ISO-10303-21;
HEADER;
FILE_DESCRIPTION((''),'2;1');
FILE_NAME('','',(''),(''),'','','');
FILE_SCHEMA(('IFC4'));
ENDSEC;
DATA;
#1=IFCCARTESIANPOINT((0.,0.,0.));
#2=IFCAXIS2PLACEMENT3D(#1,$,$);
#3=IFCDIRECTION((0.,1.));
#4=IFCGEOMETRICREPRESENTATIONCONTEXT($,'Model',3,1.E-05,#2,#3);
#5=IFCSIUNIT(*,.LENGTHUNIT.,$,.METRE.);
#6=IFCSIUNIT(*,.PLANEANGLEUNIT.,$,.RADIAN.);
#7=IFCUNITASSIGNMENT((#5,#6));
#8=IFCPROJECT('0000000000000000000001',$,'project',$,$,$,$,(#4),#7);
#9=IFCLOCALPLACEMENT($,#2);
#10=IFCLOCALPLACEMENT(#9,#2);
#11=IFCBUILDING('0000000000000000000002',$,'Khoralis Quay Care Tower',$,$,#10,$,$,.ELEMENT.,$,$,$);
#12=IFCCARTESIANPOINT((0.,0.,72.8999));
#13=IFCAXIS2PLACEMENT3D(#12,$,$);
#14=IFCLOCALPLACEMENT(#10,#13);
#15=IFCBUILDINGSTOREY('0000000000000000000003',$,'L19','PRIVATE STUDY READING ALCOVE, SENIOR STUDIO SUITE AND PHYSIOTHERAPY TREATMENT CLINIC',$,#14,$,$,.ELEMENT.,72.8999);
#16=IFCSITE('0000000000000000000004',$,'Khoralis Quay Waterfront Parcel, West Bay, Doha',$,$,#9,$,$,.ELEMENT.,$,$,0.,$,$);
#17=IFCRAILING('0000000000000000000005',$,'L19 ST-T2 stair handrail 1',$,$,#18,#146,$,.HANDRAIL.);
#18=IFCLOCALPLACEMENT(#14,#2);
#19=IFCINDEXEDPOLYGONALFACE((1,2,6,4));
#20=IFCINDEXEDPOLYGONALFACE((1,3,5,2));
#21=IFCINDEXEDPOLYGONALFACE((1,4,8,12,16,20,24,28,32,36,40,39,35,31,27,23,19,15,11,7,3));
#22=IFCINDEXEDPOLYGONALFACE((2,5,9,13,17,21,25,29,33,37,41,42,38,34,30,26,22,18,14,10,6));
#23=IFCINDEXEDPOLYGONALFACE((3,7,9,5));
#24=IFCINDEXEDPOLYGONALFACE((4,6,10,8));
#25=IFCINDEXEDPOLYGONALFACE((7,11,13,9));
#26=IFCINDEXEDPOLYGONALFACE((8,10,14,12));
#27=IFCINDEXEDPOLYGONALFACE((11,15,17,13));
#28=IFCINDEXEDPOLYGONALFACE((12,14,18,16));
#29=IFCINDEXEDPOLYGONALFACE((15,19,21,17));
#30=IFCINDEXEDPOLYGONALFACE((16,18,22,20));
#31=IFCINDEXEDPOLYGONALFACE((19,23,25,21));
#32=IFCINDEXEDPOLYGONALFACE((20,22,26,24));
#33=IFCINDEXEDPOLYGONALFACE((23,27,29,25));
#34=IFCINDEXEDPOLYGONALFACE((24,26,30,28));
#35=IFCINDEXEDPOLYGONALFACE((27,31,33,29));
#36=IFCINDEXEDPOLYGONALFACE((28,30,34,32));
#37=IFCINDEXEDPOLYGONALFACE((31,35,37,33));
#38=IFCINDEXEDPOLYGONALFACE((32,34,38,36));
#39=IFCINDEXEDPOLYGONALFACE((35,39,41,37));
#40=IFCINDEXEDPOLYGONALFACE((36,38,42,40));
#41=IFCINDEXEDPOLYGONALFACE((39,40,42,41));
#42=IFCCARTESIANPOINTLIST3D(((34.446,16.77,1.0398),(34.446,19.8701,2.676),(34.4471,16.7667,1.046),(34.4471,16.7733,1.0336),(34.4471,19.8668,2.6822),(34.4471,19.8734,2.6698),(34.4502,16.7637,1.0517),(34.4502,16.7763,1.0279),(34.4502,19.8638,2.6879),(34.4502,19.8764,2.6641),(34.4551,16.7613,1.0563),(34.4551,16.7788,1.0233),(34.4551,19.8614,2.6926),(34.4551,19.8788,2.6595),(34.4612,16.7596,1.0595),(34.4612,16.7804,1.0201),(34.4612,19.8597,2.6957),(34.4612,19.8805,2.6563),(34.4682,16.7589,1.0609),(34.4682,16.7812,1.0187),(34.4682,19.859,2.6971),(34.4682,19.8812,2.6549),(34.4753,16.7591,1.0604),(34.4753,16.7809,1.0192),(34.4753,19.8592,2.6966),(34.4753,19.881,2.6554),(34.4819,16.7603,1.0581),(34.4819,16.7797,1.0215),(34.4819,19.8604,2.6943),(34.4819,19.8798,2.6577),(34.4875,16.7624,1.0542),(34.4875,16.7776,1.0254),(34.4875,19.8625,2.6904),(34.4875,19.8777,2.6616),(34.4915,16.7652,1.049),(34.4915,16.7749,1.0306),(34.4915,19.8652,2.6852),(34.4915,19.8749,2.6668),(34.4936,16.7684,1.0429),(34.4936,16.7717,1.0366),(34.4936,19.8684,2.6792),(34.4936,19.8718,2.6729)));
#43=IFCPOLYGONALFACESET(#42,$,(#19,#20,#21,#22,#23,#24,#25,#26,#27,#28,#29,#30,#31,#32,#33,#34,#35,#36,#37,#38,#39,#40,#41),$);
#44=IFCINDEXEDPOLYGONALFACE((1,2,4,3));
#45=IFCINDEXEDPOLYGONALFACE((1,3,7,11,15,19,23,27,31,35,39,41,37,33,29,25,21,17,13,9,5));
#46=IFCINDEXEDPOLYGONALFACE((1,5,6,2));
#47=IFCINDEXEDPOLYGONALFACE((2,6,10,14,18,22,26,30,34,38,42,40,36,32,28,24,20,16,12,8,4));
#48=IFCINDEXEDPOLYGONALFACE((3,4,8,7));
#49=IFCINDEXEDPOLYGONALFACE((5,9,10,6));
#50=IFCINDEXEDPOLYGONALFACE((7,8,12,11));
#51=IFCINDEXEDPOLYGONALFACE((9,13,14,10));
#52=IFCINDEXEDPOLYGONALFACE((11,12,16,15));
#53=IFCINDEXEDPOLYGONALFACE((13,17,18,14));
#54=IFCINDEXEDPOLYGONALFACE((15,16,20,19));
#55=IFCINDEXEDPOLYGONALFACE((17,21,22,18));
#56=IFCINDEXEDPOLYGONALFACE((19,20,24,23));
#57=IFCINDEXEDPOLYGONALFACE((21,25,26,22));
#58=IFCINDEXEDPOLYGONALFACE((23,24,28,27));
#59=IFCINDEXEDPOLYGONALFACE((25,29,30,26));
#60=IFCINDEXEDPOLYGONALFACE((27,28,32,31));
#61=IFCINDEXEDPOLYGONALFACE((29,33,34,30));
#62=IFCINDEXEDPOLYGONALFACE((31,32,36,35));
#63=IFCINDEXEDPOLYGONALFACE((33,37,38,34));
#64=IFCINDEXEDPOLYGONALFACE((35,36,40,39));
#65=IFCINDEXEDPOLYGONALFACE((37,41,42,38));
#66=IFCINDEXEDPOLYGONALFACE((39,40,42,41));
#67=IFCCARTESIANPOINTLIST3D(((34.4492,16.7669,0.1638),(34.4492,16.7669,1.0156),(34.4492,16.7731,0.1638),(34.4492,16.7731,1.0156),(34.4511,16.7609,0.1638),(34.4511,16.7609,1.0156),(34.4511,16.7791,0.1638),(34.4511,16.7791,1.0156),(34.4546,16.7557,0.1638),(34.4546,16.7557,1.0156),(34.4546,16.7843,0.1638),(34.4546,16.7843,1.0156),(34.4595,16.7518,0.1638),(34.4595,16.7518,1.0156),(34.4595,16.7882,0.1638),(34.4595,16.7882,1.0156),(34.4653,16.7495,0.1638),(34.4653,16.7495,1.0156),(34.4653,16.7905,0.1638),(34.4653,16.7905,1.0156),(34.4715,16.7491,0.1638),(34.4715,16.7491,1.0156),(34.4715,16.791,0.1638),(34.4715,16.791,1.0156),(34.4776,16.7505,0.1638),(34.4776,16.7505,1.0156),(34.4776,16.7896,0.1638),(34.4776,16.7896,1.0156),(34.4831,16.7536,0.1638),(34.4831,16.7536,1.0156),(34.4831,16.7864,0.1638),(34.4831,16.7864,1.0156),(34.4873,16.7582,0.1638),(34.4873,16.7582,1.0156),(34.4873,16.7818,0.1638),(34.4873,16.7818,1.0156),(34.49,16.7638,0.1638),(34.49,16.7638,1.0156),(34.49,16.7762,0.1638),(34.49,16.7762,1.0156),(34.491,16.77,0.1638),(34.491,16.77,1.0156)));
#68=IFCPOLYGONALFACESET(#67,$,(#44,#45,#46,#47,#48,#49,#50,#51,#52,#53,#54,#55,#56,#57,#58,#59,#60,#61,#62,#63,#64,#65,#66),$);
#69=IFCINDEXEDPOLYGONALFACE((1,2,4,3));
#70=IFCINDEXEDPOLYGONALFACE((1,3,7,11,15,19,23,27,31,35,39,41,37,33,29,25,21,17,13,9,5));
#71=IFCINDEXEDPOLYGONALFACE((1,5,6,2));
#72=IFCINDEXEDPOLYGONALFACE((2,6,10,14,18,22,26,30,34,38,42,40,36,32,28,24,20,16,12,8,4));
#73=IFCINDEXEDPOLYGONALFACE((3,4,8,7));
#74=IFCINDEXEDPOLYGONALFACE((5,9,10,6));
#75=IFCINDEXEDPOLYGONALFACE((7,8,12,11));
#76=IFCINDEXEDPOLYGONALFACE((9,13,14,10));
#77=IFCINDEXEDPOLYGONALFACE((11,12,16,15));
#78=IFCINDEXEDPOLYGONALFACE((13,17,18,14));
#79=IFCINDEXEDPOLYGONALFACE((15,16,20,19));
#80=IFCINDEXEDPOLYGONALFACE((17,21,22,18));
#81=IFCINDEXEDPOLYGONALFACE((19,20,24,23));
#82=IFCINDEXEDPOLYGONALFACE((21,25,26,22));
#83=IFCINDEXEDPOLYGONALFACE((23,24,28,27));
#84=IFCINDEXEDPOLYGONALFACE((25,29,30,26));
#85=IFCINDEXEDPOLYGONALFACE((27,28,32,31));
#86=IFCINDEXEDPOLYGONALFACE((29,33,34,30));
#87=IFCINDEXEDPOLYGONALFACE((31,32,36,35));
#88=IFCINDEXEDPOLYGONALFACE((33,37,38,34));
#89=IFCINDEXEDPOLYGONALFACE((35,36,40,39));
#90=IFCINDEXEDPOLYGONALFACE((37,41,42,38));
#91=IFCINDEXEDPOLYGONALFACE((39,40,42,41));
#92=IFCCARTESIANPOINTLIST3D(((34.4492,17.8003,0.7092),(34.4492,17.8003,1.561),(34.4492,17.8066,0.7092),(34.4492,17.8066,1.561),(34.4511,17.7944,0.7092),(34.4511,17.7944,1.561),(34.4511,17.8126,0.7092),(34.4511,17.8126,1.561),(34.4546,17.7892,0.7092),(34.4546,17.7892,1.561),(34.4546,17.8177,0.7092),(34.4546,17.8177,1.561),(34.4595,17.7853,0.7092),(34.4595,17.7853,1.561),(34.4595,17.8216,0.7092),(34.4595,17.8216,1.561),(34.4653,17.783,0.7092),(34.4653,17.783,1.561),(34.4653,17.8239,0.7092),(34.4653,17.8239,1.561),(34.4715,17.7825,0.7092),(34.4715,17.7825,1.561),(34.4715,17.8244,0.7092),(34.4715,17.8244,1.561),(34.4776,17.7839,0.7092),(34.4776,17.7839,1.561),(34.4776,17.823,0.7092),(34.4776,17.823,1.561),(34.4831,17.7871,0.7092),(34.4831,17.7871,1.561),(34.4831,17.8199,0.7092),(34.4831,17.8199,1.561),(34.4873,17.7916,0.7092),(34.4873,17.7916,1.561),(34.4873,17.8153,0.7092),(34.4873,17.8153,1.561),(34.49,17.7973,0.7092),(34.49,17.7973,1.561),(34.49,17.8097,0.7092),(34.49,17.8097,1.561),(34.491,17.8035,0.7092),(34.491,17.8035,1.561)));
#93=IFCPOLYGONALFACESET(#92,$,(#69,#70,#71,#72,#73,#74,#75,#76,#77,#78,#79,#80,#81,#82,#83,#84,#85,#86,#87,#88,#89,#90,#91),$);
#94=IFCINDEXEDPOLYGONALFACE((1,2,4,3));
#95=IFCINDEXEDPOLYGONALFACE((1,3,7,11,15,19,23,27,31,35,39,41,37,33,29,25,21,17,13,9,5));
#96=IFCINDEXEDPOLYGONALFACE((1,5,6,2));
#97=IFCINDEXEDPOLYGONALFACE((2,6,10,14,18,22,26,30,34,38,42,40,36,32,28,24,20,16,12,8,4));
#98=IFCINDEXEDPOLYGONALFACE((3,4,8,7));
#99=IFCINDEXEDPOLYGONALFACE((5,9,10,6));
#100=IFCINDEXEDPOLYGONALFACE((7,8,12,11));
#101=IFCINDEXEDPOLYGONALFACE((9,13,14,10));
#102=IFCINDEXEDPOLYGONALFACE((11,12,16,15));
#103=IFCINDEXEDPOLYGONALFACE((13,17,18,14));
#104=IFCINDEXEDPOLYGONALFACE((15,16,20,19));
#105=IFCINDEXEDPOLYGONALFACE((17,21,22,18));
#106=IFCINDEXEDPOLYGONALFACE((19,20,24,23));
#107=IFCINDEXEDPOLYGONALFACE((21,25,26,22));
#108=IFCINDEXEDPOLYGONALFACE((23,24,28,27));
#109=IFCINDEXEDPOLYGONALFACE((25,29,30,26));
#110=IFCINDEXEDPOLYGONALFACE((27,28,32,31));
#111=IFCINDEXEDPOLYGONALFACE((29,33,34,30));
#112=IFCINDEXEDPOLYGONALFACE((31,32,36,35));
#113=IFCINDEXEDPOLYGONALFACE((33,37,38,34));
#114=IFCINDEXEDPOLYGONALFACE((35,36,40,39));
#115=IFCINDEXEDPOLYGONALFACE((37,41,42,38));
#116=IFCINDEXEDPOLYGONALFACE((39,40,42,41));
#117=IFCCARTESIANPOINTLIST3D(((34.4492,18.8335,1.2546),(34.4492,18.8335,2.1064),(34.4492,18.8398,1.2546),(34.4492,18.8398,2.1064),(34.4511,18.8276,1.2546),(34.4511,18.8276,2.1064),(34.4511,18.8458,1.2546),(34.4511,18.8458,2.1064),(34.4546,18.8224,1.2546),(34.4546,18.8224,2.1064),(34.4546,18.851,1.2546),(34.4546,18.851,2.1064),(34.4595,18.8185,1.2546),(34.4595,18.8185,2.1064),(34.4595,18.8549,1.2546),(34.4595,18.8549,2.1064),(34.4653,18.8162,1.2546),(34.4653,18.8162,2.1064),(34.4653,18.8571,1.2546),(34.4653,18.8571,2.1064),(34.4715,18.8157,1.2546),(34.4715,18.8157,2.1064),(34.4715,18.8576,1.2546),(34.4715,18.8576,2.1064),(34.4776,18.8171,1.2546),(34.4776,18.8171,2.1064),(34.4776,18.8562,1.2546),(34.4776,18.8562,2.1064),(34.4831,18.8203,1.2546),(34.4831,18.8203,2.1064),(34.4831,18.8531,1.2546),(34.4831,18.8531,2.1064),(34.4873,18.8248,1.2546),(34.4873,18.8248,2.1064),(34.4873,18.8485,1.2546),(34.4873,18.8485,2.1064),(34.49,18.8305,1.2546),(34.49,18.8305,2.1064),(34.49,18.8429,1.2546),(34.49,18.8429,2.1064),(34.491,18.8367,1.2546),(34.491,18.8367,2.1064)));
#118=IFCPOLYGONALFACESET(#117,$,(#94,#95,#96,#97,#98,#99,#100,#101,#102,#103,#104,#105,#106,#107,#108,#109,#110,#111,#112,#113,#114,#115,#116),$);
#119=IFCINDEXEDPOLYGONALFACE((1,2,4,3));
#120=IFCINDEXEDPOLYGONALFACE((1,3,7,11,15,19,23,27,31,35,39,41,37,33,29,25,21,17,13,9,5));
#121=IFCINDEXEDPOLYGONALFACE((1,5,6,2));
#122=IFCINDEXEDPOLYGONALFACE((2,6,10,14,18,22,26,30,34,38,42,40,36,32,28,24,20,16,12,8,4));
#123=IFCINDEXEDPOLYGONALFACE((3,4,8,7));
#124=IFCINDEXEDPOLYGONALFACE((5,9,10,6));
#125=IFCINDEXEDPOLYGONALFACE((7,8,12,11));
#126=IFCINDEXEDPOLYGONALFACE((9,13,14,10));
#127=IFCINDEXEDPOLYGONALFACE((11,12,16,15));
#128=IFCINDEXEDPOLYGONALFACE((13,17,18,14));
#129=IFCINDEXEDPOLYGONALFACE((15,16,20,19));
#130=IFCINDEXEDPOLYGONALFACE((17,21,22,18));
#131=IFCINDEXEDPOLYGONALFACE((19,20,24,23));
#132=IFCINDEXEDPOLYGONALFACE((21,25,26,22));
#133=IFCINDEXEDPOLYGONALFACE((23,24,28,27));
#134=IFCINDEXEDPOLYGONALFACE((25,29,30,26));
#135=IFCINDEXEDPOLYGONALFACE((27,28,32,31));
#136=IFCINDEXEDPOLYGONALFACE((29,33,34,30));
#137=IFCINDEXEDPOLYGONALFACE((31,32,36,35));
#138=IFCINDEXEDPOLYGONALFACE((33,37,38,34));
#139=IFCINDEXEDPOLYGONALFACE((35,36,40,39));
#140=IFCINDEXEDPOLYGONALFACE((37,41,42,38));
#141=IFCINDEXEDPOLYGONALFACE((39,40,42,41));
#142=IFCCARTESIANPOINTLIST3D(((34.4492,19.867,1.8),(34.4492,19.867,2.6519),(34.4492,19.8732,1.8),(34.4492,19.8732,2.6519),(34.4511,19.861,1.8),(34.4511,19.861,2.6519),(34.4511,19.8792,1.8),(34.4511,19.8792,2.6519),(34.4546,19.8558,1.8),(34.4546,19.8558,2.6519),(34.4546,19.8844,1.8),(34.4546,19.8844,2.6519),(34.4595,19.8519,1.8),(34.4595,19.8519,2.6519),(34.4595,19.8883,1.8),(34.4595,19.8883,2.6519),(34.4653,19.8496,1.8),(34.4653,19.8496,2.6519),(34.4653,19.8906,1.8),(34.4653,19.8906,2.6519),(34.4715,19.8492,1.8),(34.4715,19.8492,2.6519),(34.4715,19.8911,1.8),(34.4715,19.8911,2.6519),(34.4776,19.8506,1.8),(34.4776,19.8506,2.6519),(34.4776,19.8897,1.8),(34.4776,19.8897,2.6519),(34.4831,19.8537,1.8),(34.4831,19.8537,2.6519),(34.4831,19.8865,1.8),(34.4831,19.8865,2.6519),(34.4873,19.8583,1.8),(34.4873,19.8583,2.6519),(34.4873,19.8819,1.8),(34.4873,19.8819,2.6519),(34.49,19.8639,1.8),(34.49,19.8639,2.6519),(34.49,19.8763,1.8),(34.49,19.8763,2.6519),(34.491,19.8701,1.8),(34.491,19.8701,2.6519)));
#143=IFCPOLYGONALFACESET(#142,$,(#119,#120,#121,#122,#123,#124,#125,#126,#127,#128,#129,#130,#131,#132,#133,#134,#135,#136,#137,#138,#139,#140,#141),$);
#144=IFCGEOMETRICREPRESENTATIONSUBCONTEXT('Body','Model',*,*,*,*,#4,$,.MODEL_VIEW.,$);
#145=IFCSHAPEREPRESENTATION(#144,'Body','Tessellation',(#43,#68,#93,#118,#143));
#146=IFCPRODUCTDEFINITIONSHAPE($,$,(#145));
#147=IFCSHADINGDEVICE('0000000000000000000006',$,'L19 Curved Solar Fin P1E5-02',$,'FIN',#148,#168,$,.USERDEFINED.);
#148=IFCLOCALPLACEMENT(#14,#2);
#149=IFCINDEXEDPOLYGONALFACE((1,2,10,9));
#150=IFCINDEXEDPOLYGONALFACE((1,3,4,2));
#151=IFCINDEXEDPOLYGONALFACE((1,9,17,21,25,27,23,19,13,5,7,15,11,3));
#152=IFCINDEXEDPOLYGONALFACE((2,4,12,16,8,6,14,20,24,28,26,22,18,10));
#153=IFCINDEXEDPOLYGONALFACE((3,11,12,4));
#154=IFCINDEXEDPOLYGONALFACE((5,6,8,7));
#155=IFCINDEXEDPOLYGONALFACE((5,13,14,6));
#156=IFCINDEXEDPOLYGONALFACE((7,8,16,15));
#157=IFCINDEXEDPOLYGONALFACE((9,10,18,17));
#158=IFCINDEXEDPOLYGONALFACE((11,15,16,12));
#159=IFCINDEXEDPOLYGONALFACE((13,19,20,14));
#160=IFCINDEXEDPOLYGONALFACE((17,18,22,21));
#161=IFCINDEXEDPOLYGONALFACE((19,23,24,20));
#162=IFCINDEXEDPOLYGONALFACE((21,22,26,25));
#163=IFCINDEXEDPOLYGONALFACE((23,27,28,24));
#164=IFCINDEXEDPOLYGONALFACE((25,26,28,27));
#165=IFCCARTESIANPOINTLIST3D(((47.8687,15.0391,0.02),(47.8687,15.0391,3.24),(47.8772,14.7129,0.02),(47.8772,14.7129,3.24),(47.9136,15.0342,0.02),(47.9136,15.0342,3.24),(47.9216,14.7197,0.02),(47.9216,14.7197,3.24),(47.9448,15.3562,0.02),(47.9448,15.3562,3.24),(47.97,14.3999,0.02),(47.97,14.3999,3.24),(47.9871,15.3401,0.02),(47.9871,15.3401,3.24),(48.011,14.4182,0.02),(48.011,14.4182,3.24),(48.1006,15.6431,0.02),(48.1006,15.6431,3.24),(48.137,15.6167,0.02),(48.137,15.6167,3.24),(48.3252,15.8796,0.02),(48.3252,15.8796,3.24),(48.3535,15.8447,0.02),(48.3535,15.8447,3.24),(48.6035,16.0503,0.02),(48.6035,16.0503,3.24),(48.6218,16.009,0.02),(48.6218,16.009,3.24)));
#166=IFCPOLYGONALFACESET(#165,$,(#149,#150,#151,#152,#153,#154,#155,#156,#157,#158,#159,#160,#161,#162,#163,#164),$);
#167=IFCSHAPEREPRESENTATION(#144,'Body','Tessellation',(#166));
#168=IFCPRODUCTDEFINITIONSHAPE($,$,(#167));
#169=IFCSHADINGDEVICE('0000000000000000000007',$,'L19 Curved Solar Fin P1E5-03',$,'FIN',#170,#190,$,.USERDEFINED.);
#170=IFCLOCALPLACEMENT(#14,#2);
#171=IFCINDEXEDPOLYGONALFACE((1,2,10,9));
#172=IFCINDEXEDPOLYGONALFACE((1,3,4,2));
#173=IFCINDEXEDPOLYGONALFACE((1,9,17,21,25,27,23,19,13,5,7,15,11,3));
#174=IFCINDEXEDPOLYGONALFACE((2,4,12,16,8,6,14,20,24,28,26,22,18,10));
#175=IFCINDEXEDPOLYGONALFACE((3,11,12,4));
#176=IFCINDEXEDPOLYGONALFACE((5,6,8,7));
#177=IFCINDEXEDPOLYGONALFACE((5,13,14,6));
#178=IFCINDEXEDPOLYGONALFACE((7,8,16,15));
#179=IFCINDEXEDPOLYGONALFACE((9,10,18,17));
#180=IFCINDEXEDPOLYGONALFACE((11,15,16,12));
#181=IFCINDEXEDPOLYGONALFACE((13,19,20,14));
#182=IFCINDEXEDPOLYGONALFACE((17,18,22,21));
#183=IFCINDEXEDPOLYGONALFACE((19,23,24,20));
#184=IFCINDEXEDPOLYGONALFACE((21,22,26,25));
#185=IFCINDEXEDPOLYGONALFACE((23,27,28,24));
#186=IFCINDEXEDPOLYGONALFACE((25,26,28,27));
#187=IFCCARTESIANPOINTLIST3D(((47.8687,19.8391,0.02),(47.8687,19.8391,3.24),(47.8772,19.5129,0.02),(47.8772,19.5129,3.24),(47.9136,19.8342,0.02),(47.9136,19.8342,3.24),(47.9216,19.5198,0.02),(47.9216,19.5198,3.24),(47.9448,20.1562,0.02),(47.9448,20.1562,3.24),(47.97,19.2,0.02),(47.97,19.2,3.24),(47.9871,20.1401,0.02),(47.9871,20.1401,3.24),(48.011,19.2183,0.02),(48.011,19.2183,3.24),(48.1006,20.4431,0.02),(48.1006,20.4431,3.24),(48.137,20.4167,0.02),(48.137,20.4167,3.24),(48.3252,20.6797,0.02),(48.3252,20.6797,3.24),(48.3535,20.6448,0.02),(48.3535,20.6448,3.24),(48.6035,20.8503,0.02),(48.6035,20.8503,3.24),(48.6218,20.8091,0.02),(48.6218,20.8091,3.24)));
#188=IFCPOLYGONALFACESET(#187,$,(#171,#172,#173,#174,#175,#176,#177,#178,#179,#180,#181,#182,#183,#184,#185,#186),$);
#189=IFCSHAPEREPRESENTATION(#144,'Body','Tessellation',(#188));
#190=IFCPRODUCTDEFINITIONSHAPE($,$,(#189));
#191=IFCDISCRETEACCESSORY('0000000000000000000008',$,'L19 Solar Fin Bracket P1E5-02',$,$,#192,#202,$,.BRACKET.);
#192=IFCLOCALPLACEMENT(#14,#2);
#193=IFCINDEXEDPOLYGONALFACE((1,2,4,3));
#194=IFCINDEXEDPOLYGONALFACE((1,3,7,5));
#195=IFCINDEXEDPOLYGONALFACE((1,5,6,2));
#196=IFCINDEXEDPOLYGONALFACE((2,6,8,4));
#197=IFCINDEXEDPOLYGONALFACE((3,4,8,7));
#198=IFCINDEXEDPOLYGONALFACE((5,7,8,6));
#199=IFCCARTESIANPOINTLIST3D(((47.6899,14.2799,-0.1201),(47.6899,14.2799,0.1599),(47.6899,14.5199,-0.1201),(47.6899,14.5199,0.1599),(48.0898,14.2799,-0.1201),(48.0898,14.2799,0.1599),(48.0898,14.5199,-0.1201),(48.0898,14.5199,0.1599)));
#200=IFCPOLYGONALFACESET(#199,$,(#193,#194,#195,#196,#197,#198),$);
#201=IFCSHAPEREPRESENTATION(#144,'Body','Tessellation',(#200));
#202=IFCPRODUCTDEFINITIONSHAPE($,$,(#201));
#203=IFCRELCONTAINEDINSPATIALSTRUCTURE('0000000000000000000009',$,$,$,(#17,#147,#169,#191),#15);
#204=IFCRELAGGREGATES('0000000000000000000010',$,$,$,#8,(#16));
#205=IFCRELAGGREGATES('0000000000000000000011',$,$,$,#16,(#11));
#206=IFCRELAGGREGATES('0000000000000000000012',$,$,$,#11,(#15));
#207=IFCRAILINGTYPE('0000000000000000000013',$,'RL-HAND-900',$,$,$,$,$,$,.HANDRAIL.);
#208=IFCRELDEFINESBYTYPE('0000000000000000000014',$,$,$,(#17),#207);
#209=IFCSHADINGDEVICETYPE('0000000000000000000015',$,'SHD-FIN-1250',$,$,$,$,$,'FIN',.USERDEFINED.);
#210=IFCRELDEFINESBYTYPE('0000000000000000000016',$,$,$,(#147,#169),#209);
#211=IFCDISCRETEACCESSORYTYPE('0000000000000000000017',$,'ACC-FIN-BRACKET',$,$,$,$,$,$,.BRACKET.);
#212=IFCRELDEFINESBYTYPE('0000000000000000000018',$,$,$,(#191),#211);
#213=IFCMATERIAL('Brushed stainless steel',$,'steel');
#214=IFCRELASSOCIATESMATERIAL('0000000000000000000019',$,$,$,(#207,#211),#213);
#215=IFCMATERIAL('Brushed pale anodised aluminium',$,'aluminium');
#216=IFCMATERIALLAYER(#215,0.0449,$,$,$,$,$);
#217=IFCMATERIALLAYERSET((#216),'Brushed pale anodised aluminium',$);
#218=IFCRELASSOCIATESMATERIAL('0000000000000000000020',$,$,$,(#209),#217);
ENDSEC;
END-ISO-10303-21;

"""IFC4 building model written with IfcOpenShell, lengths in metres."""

from ifc_helpers import new_model, si_unit, direction, frame, origin, origin_2d, place, context, subcontext, project, spatial, polyline, rectangle, circle, outline, extrude, source, transform, mapped, material, layer, layer_set, type_object, element, save


model = new_model("IFC4")

# Units and contexts
model_context = context("Model", 3, precision=1e-05, world=origin(), true_north=direction((0.0, 1.0)))
body_context = subcontext(model_context, "Body", "Model", "MODEL_VIEW")
ifc_project = project(units=[si_unit("LENGTHUNIT", "METRE"), si_unit("PLANEANGLEUNIT", "RADIAN")], contexts=[model_context])

# Site, building, storey
site_placement = place(None, origin())
site = spatial("IfcSite", under=ifc_project, at=site_placement, Name="Khoralis Quay Waterfront Parcel, West Bay, Doha", CompositionType="ELEMENT", RefElevation=0.0)
building_placement = place(site_placement, origin())
building = spatial("IfcBuilding", under=site, at=building_placement, Name="Khoralis Quay Care Tower", CompositionType="ELEMENT")
storey_placement = place(building_placement, frame((0.0, 0.0, 72.8999)))
storey = spatial("IfcBuildingStorey", under=building, at=storey_placement, Name="L19", Description="PRIVATE STUDY READING ALCOVE, SENIOR STUDIO SUITE AND PHYSIOTHERAPY TREATMENT CLINIC", CompositionType="ELEMENT", Elevation=72.8999)

# Railing
ifc_material_1 = material(Name="Brushed stainless steel", Category="steel")
railing_type = type_object("IfcRailingType", Name="RL-HAND-900", PredefinedType="HANDRAIL", material=ifc_material_1)
railing_placement = place(storey_placement, frame((34.47, 16.77, 0.1638)))
element("IfcRailing", 1, at=railing_placement, inside=storey, type_object=railing_type, Name="L19 ST-T2 stair handrail 1", PredefinedType="HANDRAIL", context=body_context, shape_type="SweptSolid", body=[
    extrude(circle(Radius=0.0239, at=origin_2d()), frame((0.0, 0.0, 0.876), z_axis=(0.0, 0.884377, 0.466774), x_axis=(-1.0, 0.0, 0.0)), (0.0, 0.0, 1.0), 3.5054),
    extrude(circle(Radius=0.021, at=origin_2d()), origin(), (0.0, 0.0, 1.0), 0.8518),
    extrude(circle(Radius=0.021, at=origin_2d()), frame((0.0, 1.0334, 0.5454)), (0.0, 0.0, 1.0), 0.8518),
    extrude(circle(Radius=0.021, at=origin_2d()), frame((0.0, 2.0667, 1.0908)), (0.0, 0.0, 1.0), 0.8518),
    extrude(circle(Radius=0.021, at=origin_2d()), frame((0.0, 3.1001, 1.6362)), (0.0, 0.0, 1.0), 0.8518),
])

# Shading devices
ifc_material_2 = material(Name="Brushed pale anodised aluminium", Category="aluminium")
ifc_layer_1 = layer(ifc_material_2, 0.0449)
ifc_layer_set_1 = layer_set([ifc_layer_1], Name="Brushed pale anodised aluminium")
shading_device_type = type_object("IfcShadingDeviceType", Name="SHD-FIN-1250", ElementType="FIN", PredefinedType="USERDEFINED", material=ifc_layer_set_1)
shared_shape_1 = source(origin(), body_context, "Body", "SweptSolid", [
    extrude(outline(polyline([(0.0, 0.0), (-0.0928, 0.313), (-0.1013, 0.6392), (-0.0251, 0.9563), (0.1306, 1.2432), (0.3552, 1.4797), (0.6335, 1.6504), (0.6519, 1.6091), (0.3835, 1.4448), (0.167, 1.2168), (0.0171, 0.9402), (-0.0564, 0.6343), (-0.0483, 0.3198), (0.041, 0.0183), (0.0, 0.0)])), origin(), (0.0, 0.0, 1.0), 3.22),
])
for number, where, z_axis, x_axis, name in (
    (2, (47.97, 14.3999, 0.02), (0.0, 0.0, 1.0), (1.0, 0.0, 0.0), "L19 Curved Solar Fin P1E5-02"),
    (3, (47.97, 19.2, 0.02), (0.0, 0.0, 1.0), (1.0, 0.0, 0.0), "L19 Curved Solar Fin P1E5-03"),
):
    element("IfcShadingDevice", number, at=place(storey_placement, frame(where, z_axis=z_axis, x_axis=x_axis)), inside=storey, type_object=shading_device_type, Name=name, ObjectType="FIN", PredefinedType="USERDEFINED", context=body_context, shape_type="MappedRepresentation", body=[
        mapped(shared_shape_1, transform((0.0, 0.0, 0.0), scale=1.0)),
    ])

# Discrete accessory
discrete_accessory_type = type_object("IfcDiscreteAccessoryType", Name="ACC-FIN-BRACKET", PredefinedType="BRACKET", material=ifc_material_1)
shared_shape_2 = source(origin(), body_context, "Body", "SweptSolid", [
    extrude(rectangle(XDim=0.3999, YDim=0.24, at=origin_2d()), origin(), (0.0, 0.0, 1.0), 0.28),
])
for number, where, z_axis, x_axis, name in (
    (4, (47.8899, 14.3999, -0.1201), (0.0, 0.0, 1.0), (1.0, 0.0, 0.0), "L19 Solar Fin Bracket P1E5-02"),
):
    element("IfcDiscreteAccessory", number, at=place(storey_placement, frame(where, z_axis=z_axis, x_axis=x_axis)), inside=storey, type_object=discrete_accessory_type, Name=name, PredefinedType="BRACKET", context=body_context, shape_type="MappedRepresentation", body=[
        mapped(shared_shape_2, transform((0.0, 0.0, 0.0), scale=1.0)),
    ])

save(model, "model.ifc")
